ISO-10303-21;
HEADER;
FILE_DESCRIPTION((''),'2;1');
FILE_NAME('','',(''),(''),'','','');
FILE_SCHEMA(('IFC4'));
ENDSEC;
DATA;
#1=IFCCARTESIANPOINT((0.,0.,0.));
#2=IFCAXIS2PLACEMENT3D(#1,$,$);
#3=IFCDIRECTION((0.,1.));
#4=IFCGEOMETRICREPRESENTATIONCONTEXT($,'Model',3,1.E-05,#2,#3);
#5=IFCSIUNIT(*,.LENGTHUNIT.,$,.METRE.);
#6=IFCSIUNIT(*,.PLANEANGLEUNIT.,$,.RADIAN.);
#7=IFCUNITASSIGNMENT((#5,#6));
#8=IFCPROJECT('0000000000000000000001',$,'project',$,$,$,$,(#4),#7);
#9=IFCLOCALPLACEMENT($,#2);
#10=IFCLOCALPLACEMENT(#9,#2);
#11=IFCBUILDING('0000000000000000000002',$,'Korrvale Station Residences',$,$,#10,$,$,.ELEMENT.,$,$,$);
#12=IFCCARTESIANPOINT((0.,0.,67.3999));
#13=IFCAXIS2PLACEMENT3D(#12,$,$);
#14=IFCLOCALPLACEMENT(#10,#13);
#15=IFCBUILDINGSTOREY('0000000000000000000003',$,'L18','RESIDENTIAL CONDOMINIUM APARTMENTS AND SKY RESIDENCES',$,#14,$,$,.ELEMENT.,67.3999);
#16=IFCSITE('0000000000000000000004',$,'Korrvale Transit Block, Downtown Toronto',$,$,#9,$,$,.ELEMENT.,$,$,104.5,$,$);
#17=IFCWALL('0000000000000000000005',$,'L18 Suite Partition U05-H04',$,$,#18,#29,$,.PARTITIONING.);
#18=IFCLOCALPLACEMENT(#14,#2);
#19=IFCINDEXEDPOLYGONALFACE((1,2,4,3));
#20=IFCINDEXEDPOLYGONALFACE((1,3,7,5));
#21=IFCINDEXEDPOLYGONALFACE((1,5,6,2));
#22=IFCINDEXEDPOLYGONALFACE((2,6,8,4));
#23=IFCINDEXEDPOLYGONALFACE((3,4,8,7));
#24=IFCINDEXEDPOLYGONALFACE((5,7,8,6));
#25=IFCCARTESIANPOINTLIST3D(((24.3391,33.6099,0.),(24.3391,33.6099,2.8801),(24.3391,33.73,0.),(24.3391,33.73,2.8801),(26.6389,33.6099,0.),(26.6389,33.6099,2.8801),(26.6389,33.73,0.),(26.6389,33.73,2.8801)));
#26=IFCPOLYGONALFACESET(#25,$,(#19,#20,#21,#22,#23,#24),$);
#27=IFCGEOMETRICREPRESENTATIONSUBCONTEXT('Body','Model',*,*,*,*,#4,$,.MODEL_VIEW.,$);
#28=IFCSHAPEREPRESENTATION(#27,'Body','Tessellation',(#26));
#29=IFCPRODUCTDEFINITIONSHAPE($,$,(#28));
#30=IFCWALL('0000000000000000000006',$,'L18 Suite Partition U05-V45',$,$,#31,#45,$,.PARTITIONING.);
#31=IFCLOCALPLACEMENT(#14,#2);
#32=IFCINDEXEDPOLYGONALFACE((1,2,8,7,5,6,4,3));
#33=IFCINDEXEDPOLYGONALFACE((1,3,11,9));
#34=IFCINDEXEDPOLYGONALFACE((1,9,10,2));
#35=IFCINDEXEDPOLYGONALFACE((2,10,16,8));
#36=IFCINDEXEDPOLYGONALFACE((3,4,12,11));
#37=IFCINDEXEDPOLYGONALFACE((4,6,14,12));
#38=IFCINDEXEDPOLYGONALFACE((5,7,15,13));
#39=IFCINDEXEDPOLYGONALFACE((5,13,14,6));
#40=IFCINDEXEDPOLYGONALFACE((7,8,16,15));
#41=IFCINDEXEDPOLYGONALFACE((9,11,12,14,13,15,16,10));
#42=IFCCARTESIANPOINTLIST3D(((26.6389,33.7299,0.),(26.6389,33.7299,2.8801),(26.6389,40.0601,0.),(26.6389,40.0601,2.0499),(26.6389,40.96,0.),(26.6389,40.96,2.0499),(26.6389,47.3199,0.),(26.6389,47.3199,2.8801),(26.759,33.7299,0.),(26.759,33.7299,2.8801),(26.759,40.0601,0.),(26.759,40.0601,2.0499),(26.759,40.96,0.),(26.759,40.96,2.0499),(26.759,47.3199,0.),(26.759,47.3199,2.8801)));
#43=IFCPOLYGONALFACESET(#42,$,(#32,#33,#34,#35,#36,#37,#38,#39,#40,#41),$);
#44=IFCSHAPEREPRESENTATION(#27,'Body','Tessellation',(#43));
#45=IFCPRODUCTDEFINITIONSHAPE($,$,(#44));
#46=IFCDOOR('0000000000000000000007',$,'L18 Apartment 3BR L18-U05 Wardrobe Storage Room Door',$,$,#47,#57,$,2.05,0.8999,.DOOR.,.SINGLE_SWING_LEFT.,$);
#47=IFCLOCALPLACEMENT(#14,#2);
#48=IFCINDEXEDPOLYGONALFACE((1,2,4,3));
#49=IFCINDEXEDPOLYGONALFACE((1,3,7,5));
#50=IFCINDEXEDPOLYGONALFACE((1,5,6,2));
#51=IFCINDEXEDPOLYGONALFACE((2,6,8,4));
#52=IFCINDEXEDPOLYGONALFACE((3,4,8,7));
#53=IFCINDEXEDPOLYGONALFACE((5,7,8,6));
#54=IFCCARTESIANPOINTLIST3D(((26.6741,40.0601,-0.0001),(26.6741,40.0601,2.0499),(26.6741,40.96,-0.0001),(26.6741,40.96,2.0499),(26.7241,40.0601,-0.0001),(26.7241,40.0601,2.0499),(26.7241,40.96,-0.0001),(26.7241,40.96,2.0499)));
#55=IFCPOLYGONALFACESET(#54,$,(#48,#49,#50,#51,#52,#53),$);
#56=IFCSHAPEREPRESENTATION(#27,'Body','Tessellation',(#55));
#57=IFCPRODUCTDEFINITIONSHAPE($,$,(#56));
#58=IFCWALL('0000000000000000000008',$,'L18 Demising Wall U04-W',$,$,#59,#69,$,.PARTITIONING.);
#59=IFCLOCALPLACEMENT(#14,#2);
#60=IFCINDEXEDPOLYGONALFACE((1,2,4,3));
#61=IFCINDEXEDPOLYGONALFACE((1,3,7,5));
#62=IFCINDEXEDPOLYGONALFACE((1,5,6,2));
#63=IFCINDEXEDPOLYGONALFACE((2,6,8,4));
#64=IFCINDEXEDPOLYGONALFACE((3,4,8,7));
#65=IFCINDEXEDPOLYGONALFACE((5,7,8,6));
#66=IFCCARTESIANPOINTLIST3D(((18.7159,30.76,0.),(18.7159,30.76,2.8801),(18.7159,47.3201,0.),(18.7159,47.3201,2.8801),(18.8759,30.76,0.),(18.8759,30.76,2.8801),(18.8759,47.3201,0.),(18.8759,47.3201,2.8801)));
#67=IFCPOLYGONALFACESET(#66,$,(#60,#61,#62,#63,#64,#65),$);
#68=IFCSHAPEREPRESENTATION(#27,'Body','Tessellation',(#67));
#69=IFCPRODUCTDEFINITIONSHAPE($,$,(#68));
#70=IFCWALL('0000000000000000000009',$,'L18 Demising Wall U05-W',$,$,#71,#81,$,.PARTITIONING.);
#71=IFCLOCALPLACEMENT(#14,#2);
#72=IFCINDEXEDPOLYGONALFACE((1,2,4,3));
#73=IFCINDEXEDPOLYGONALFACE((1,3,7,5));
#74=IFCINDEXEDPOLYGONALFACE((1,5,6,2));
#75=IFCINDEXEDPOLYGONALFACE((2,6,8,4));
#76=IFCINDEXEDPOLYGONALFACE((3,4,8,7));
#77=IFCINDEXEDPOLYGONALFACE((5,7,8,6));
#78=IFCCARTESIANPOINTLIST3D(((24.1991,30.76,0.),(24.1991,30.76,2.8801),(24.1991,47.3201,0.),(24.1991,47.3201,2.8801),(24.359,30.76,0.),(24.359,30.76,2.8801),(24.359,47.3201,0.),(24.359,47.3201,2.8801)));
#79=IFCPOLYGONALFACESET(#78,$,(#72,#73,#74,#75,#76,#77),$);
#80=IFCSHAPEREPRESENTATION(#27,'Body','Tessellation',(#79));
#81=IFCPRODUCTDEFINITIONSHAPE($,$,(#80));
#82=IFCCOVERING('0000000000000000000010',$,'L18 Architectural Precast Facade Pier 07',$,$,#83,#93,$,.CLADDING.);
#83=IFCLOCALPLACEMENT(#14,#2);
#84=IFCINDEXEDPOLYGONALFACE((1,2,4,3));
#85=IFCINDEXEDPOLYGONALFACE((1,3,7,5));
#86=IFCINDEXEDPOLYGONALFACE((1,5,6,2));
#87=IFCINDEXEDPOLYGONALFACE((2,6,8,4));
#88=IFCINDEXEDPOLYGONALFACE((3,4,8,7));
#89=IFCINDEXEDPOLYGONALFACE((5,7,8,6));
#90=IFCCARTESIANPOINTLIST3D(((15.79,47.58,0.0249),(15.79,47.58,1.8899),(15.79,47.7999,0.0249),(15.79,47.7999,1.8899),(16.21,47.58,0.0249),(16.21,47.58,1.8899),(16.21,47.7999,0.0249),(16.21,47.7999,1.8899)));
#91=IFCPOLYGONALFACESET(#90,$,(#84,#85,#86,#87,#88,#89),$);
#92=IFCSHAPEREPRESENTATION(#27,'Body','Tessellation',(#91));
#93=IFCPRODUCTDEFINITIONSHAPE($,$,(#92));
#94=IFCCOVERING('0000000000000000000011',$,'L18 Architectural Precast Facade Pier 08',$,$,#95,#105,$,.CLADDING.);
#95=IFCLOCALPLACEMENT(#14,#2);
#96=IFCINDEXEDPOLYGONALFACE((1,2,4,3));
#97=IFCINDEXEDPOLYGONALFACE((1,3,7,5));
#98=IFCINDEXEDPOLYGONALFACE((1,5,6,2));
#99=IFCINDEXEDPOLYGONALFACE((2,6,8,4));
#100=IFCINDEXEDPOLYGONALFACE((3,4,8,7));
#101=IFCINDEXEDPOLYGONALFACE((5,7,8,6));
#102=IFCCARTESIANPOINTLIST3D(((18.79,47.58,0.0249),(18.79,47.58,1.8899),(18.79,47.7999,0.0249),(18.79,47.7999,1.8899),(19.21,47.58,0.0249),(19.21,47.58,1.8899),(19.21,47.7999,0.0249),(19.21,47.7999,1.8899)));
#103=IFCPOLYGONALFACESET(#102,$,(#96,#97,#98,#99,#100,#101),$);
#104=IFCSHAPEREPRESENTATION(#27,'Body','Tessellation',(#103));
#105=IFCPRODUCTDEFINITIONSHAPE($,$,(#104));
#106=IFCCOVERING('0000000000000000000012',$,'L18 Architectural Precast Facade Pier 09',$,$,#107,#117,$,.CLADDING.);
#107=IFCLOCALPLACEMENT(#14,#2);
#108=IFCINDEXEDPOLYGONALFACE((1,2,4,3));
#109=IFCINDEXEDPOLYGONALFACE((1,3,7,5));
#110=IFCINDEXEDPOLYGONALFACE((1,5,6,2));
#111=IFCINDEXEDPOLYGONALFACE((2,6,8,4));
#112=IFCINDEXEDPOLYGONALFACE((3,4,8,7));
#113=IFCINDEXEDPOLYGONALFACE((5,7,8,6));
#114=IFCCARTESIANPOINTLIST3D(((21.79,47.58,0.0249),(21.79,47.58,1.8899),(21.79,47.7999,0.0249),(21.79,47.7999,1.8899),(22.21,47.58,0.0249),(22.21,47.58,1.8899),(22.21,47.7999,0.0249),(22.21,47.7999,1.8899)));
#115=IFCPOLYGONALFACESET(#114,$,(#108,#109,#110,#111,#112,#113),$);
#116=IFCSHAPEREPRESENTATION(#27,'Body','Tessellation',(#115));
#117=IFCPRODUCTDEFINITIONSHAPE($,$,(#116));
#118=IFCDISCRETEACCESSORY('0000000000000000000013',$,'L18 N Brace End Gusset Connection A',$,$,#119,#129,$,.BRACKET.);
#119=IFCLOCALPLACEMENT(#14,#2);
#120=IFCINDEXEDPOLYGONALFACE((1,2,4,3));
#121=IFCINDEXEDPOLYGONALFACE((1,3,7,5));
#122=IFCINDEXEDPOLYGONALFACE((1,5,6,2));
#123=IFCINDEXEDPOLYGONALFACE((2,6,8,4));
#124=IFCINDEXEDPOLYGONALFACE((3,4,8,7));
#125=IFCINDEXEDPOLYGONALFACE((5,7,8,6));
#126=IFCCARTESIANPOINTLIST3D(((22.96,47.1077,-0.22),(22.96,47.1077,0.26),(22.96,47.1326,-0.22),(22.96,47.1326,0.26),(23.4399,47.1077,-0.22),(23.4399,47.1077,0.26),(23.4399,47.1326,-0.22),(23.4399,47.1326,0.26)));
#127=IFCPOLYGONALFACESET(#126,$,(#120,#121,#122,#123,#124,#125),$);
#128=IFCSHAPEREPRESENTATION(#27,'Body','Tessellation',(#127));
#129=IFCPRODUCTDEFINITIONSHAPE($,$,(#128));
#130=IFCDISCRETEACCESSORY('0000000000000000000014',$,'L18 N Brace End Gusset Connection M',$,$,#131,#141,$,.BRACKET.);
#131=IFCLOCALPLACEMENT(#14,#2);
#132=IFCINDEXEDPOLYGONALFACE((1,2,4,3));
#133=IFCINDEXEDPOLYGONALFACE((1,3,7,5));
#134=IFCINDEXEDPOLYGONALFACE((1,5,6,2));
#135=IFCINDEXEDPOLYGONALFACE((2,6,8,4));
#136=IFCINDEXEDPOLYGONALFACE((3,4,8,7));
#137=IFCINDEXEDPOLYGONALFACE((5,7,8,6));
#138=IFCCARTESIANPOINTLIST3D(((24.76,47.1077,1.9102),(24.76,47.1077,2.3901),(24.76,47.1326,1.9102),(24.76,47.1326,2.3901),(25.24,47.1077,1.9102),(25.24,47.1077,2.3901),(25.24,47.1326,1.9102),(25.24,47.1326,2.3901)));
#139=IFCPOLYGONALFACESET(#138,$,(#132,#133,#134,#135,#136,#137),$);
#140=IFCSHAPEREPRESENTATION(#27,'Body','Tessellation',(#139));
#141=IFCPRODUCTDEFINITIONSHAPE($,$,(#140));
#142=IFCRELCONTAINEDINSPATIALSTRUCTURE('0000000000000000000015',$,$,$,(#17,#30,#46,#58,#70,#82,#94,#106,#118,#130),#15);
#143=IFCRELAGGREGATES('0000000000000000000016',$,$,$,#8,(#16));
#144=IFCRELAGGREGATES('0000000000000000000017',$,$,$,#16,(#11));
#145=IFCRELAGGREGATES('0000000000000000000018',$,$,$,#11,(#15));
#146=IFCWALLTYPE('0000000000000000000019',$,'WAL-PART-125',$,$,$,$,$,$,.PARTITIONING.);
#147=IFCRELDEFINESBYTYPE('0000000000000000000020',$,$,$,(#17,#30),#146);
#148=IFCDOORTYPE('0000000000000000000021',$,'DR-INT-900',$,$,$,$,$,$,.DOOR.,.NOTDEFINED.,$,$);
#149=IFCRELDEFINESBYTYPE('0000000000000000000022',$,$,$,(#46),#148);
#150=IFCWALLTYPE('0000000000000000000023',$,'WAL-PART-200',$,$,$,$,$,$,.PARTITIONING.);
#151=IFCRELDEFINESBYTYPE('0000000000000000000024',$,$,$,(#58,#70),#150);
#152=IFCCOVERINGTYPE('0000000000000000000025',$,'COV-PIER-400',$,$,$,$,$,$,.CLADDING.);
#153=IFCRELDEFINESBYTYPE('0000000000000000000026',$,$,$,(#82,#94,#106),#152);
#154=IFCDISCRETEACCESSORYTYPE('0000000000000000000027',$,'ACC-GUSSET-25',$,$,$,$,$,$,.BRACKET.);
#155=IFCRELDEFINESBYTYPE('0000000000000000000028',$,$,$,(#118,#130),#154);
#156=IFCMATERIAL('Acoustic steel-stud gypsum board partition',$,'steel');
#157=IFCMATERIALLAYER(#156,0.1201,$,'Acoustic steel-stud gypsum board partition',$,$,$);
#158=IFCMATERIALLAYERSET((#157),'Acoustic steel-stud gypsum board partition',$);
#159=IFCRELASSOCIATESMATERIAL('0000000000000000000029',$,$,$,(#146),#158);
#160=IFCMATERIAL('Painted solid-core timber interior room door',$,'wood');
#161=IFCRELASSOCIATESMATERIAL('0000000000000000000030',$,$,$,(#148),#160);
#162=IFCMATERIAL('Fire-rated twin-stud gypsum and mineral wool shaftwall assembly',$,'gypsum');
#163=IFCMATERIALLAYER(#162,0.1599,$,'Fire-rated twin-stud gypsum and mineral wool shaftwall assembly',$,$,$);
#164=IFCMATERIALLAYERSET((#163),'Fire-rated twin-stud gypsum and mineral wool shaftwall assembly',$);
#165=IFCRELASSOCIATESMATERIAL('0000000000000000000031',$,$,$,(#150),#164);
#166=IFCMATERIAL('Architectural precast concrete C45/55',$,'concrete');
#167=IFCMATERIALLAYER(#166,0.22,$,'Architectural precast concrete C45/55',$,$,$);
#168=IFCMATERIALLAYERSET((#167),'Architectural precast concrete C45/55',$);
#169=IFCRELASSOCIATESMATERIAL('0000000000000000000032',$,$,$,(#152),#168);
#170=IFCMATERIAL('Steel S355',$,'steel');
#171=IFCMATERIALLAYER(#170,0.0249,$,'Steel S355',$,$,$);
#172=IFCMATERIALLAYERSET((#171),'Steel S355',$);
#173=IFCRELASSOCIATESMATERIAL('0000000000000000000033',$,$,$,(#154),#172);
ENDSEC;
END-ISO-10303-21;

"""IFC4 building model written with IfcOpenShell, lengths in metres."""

from ifc_helpers import new_model, si_unit, direction, frame, frame_2d, origin, origin_2d, place, context, subcontext, project, spatial, rectangle, extrude, material, layer, layer_set, type_object, element, fill, save


model = new_model("IFC4")

# Units and contexts
model_context = context("Model", 3, precision=1e-05, world=origin(), true_north=direction((0.0, 1.0)))
body_context = subcontext(model_context, "Body", "Model", "MODEL_VIEW")
ifc_project = project(units=[si_unit("LENGTHUNIT", "METRE"), si_unit("PLANEANGLEUNIT", "RADIAN")], contexts=[model_context])

# Site, building, storey
site_placement = place(None, origin())
site = spatial("IfcSite", under=ifc_project, at=site_placement, Name="Korrvale Transit Block, Downtown Toronto", CompositionType="ELEMENT", RefElevation=104.5)
building_placement = place(site_placement, origin())
building = spatial("IfcBuilding", under=site, at=building_placement, Name="Korrvale Station Residences", CompositionType="ELEMENT")
storey_placement = place(building_placement, frame((0.0, 0.0, 67.3999)))
storey = spatial("IfcBuildingStorey", under=building, at=storey_placement, Name="L18", Description="RESIDENTIAL CONDOMINIUM APARTMENTS AND SKY RESIDENCES", CompositionType="ELEMENT", Elevation=67.3999)

# Shared definitions
ifc_material_1 = material(Name="Steel S355", Category="steel")

# Shared definitions
ifc_material_2 = material(Name="Acoustic steel-stud gypsum board partition", Category="steel")
ifc_layer_1 = layer(ifc_material_2, 0.1201, Name="Acoustic steel-stud gypsum board partition")
ifc_layer_set_1 = layer_set([ifc_layer_1], Name="Acoustic steel-stud gypsum board partition")
wall_type_1 = type_object("IfcWallType", Name="WAL-PART-125", PredefinedType="PARTITIONING", material=ifc_layer_set_1)
ifc_material_3 = material(Name="Painted solid-core timber interior room door", Category="wood")
door_type_1 = type_object("IfcDoorType", Name="DR-INT-900", OperationType="NOTDEFINED", PredefinedType="DOOR", material=ifc_material_3)

# Wall
wall_1_placement = place(storey_placement, frame((24.3391, 33.6699, 0.0), z_axis=(0.0, 0.0, 1.0), x_axis=(1.0, 0.0, 0.0)))
element("IfcWall", 1, at=wall_1_placement, inside=storey, type_object=wall_type_1, Name="L18 Suite Partition U05-H04", PredefinedType="PARTITIONING", context=body_context, shape_type="SweptSolid", body=[
    extrude(rectangle(XDim=2.2998, YDim=0.1201, at=frame_2d((1.1499, 0.0))), origin(), (0.0, 0.0, 1.0), 2.8801),
])

# Wall, opening, door
wall_2_placement = place(storey_placement, frame((26.699, 33.73, 0.0), z_axis=(0.0, 0.0, 1.0), x_axis=(0.0, 1.0, 0.0)))
wall_2 = element("IfcWall", 2, at=wall_2_placement, inside=storey, type_object=wall_type_1, Name="L18 Suite Partition U05-V45", PredefinedType="PARTITIONING", context=body_context, shape_type="SweptSolid", body=[
    extrude(rectangle(XDim=13.5901, YDim=0.1201, at=frame_2d((6.7949, 0.0))), origin(), (0.0, 0.0, 1.0), 2.8801),
])
opening_1_placement = place(wall_2_placement, frame((6.3301, 0.0, 0.0)))
opening_1 = element("IfcOpeningElement", 3, at=opening_1_placement, cuts=wall_2, PredefinedType="OPENING", context=body_context, shape_type="SweptSolid", body=[
    extrude(rectangle(XDim=0.8999, YDim=2.05, at=frame_2d((0.45, 1.0249))), frame((0.0, 0.0701, 0.0), z_axis=(0.0, -1.0, 0.0), x_axis=(1.0, 0.0, 0.0)), (0.0, 0.0, 1.0), 0.1401),
])
door_1_placement = place(opening_1_placement, origin())
door_1 = element("IfcDoor", 4, at=door_1_placement, inside=storey, type_object=door_type_1, Name="L18 Apartment 3BR L18-U05 Wardrobe Storage Room Door", OperationType="SINGLE_SWING_LEFT", OverallHeight=2.05, OverallWidth=0.8999, PredefinedType="DOOR", context=body_context, shape_type="SweptSolid", body=[
    extrude(rectangle(XDim=0.8999, YDim=2.05, at=frame_2d((0.45, 1.0249))), frame((0.0, 0.0249, 0.0), z_axis=(0.0, -1.0, 0.0), x_axis=(1.0, 0.0, 0.0)), (0.0, 0.0, 1.0), 0.05),
])
fill(opening_1, door_1)

# Walls
ifc_material_4 = material(Name="Fire-rated twin-stud gypsum and mineral wool shaftwall assembly", Category="gypsum")
ifc_layer_2 = layer(ifc_material_4, 0.1599, Name="Fire-rated twin-stud gypsum and mineral wool shaftwall assembly")
ifc_layer_set_2 = layer_set([ifc_layer_2], Name="Fire-rated twin-stud gypsum and mineral wool shaftwall assembly")
wall_type_2 = type_object("IfcWallType", Name="WAL-PART-200", PredefinedType="PARTITIONING", material=ifc_layer_set_2)
for number, where, z_axis, x_axis, name in (
    (5, (18.7959, 30.76, 0.0), (0.0, 0.0, 1.0), (0.0, 1.0, 0.0), "L18 Demising Wall U04-W"),
    (6, (24.2791, 30.76, 0.0), (0.0, 0.0, 1.0), (0.0, 1.0, 0.0), "L18 Demising Wall U05-W"),
):
    element("IfcWall", number, at=place(storey_placement, frame(where, z_axis=z_axis, x_axis=x_axis)), inside=storey, type_object=wall_type_2, Name=name, PredefinedType="PARTITIONING", context=body_context, shape_type="SweptSolid", body=[
        extrude(rectangle(XDim=16.5601, YDim=0.1599, at=frame_2d((8.28, 0.0))), origin(), (0.0, 0.0, 1.0), 2.8801),
    ])

# Coverings
ifc_material_5 = material(Name="Architectural precast concrete C45/55", Category="concrete")
ifc_layer_3 = layer(ifc_material_5, 0.22, Name="Architectural precast concrete C45/55")
ifc_layer_set_3 = layer_set([ifc_layer_3], Name="Architectural precast concrete C45/55")
covering_type = type_object("IfcCoveringType", Name="COV-PIER-400", PredefinedType="CLADDING", material=ifc_layer_set_3)
for number, where, z_axis, x_axis, name in (
    (7, (16.0, 47.6899, 0.0249), (0.0, 0.0, 1.0), (1.0, 0.0, 0.0), "L18 Architectural Precast Facade Pier 07"),
    (8, (19.0, 47.6899, 0.0249), (0.0, 0.0, 1.0), (1.0, 0.0, 0.0), "L18 Architectural Precast Facade Pier 08"),
    (9, (22.0, 47.6899, 0.0249), (0.0, 0.0, 1.0), (1.0, 0.0, 0.0), "L18 Architectural Precast Facade Pier 09"),
):
    element("IfcCovering", number, at=place(storey_placement, frame(where, z_axis=z_axis, x_axis=x_axis)), inside=storey, type_object=covering_type, Name=name, PredefinedType="CLADDING", context=body_context, shape_type="SweptSolid", body=[
        extrude(rectangle(XDim=0.4199, YDim=0.22, at=origin_2d()), origin(), (0.0, 0.0, 1.0), 1.865),
    ])

# Discrete accessories
ifc_layer_4 = layer(ifc_material_1, 0.0249, Name="Steel S355")
ifc_layer_set_4 = layer_set([ifc_layer_4], Name="Steel S355")
discrete_accessory_type = type_object("IfcDiscreteAccessoryType", Name="ACC-GUSSET-25", PredefinedType="BRACKET", material=ifc_layer_set_4)
for number, where, z_axis, x_axis, name in (
    (10, (23.2, 47.1201, -0.22), (0.0, 0.0, 1.0), (1.0, 0.0, 0.0), "L18 N Brace End Gusset Connection A"),
    (11, (25.0, 47.1201, 1.9102), (0.0, 0.0, 1.0), (1.0, 0.0, 0.0), "L18 N Brace End Gusset Connection M"),
):
    element("IfcDiscreteAccessory", number, at=place(storey_placement, frame(where, z_axis=z_axis, x_axis=x_axis)), inside=storey, type_object=discrete_accessory_type, Name=name, PredefinedType="BRACKET", context=body_context, shape_type="SweptSolid", body=[
        extrude(rectangle(XDim=0.48, YDim=0.0249, at=origin_2d()), origin(), (0.0, 0.0, 1.0), 0.48),
    ])

save(model, "model.ifc")
